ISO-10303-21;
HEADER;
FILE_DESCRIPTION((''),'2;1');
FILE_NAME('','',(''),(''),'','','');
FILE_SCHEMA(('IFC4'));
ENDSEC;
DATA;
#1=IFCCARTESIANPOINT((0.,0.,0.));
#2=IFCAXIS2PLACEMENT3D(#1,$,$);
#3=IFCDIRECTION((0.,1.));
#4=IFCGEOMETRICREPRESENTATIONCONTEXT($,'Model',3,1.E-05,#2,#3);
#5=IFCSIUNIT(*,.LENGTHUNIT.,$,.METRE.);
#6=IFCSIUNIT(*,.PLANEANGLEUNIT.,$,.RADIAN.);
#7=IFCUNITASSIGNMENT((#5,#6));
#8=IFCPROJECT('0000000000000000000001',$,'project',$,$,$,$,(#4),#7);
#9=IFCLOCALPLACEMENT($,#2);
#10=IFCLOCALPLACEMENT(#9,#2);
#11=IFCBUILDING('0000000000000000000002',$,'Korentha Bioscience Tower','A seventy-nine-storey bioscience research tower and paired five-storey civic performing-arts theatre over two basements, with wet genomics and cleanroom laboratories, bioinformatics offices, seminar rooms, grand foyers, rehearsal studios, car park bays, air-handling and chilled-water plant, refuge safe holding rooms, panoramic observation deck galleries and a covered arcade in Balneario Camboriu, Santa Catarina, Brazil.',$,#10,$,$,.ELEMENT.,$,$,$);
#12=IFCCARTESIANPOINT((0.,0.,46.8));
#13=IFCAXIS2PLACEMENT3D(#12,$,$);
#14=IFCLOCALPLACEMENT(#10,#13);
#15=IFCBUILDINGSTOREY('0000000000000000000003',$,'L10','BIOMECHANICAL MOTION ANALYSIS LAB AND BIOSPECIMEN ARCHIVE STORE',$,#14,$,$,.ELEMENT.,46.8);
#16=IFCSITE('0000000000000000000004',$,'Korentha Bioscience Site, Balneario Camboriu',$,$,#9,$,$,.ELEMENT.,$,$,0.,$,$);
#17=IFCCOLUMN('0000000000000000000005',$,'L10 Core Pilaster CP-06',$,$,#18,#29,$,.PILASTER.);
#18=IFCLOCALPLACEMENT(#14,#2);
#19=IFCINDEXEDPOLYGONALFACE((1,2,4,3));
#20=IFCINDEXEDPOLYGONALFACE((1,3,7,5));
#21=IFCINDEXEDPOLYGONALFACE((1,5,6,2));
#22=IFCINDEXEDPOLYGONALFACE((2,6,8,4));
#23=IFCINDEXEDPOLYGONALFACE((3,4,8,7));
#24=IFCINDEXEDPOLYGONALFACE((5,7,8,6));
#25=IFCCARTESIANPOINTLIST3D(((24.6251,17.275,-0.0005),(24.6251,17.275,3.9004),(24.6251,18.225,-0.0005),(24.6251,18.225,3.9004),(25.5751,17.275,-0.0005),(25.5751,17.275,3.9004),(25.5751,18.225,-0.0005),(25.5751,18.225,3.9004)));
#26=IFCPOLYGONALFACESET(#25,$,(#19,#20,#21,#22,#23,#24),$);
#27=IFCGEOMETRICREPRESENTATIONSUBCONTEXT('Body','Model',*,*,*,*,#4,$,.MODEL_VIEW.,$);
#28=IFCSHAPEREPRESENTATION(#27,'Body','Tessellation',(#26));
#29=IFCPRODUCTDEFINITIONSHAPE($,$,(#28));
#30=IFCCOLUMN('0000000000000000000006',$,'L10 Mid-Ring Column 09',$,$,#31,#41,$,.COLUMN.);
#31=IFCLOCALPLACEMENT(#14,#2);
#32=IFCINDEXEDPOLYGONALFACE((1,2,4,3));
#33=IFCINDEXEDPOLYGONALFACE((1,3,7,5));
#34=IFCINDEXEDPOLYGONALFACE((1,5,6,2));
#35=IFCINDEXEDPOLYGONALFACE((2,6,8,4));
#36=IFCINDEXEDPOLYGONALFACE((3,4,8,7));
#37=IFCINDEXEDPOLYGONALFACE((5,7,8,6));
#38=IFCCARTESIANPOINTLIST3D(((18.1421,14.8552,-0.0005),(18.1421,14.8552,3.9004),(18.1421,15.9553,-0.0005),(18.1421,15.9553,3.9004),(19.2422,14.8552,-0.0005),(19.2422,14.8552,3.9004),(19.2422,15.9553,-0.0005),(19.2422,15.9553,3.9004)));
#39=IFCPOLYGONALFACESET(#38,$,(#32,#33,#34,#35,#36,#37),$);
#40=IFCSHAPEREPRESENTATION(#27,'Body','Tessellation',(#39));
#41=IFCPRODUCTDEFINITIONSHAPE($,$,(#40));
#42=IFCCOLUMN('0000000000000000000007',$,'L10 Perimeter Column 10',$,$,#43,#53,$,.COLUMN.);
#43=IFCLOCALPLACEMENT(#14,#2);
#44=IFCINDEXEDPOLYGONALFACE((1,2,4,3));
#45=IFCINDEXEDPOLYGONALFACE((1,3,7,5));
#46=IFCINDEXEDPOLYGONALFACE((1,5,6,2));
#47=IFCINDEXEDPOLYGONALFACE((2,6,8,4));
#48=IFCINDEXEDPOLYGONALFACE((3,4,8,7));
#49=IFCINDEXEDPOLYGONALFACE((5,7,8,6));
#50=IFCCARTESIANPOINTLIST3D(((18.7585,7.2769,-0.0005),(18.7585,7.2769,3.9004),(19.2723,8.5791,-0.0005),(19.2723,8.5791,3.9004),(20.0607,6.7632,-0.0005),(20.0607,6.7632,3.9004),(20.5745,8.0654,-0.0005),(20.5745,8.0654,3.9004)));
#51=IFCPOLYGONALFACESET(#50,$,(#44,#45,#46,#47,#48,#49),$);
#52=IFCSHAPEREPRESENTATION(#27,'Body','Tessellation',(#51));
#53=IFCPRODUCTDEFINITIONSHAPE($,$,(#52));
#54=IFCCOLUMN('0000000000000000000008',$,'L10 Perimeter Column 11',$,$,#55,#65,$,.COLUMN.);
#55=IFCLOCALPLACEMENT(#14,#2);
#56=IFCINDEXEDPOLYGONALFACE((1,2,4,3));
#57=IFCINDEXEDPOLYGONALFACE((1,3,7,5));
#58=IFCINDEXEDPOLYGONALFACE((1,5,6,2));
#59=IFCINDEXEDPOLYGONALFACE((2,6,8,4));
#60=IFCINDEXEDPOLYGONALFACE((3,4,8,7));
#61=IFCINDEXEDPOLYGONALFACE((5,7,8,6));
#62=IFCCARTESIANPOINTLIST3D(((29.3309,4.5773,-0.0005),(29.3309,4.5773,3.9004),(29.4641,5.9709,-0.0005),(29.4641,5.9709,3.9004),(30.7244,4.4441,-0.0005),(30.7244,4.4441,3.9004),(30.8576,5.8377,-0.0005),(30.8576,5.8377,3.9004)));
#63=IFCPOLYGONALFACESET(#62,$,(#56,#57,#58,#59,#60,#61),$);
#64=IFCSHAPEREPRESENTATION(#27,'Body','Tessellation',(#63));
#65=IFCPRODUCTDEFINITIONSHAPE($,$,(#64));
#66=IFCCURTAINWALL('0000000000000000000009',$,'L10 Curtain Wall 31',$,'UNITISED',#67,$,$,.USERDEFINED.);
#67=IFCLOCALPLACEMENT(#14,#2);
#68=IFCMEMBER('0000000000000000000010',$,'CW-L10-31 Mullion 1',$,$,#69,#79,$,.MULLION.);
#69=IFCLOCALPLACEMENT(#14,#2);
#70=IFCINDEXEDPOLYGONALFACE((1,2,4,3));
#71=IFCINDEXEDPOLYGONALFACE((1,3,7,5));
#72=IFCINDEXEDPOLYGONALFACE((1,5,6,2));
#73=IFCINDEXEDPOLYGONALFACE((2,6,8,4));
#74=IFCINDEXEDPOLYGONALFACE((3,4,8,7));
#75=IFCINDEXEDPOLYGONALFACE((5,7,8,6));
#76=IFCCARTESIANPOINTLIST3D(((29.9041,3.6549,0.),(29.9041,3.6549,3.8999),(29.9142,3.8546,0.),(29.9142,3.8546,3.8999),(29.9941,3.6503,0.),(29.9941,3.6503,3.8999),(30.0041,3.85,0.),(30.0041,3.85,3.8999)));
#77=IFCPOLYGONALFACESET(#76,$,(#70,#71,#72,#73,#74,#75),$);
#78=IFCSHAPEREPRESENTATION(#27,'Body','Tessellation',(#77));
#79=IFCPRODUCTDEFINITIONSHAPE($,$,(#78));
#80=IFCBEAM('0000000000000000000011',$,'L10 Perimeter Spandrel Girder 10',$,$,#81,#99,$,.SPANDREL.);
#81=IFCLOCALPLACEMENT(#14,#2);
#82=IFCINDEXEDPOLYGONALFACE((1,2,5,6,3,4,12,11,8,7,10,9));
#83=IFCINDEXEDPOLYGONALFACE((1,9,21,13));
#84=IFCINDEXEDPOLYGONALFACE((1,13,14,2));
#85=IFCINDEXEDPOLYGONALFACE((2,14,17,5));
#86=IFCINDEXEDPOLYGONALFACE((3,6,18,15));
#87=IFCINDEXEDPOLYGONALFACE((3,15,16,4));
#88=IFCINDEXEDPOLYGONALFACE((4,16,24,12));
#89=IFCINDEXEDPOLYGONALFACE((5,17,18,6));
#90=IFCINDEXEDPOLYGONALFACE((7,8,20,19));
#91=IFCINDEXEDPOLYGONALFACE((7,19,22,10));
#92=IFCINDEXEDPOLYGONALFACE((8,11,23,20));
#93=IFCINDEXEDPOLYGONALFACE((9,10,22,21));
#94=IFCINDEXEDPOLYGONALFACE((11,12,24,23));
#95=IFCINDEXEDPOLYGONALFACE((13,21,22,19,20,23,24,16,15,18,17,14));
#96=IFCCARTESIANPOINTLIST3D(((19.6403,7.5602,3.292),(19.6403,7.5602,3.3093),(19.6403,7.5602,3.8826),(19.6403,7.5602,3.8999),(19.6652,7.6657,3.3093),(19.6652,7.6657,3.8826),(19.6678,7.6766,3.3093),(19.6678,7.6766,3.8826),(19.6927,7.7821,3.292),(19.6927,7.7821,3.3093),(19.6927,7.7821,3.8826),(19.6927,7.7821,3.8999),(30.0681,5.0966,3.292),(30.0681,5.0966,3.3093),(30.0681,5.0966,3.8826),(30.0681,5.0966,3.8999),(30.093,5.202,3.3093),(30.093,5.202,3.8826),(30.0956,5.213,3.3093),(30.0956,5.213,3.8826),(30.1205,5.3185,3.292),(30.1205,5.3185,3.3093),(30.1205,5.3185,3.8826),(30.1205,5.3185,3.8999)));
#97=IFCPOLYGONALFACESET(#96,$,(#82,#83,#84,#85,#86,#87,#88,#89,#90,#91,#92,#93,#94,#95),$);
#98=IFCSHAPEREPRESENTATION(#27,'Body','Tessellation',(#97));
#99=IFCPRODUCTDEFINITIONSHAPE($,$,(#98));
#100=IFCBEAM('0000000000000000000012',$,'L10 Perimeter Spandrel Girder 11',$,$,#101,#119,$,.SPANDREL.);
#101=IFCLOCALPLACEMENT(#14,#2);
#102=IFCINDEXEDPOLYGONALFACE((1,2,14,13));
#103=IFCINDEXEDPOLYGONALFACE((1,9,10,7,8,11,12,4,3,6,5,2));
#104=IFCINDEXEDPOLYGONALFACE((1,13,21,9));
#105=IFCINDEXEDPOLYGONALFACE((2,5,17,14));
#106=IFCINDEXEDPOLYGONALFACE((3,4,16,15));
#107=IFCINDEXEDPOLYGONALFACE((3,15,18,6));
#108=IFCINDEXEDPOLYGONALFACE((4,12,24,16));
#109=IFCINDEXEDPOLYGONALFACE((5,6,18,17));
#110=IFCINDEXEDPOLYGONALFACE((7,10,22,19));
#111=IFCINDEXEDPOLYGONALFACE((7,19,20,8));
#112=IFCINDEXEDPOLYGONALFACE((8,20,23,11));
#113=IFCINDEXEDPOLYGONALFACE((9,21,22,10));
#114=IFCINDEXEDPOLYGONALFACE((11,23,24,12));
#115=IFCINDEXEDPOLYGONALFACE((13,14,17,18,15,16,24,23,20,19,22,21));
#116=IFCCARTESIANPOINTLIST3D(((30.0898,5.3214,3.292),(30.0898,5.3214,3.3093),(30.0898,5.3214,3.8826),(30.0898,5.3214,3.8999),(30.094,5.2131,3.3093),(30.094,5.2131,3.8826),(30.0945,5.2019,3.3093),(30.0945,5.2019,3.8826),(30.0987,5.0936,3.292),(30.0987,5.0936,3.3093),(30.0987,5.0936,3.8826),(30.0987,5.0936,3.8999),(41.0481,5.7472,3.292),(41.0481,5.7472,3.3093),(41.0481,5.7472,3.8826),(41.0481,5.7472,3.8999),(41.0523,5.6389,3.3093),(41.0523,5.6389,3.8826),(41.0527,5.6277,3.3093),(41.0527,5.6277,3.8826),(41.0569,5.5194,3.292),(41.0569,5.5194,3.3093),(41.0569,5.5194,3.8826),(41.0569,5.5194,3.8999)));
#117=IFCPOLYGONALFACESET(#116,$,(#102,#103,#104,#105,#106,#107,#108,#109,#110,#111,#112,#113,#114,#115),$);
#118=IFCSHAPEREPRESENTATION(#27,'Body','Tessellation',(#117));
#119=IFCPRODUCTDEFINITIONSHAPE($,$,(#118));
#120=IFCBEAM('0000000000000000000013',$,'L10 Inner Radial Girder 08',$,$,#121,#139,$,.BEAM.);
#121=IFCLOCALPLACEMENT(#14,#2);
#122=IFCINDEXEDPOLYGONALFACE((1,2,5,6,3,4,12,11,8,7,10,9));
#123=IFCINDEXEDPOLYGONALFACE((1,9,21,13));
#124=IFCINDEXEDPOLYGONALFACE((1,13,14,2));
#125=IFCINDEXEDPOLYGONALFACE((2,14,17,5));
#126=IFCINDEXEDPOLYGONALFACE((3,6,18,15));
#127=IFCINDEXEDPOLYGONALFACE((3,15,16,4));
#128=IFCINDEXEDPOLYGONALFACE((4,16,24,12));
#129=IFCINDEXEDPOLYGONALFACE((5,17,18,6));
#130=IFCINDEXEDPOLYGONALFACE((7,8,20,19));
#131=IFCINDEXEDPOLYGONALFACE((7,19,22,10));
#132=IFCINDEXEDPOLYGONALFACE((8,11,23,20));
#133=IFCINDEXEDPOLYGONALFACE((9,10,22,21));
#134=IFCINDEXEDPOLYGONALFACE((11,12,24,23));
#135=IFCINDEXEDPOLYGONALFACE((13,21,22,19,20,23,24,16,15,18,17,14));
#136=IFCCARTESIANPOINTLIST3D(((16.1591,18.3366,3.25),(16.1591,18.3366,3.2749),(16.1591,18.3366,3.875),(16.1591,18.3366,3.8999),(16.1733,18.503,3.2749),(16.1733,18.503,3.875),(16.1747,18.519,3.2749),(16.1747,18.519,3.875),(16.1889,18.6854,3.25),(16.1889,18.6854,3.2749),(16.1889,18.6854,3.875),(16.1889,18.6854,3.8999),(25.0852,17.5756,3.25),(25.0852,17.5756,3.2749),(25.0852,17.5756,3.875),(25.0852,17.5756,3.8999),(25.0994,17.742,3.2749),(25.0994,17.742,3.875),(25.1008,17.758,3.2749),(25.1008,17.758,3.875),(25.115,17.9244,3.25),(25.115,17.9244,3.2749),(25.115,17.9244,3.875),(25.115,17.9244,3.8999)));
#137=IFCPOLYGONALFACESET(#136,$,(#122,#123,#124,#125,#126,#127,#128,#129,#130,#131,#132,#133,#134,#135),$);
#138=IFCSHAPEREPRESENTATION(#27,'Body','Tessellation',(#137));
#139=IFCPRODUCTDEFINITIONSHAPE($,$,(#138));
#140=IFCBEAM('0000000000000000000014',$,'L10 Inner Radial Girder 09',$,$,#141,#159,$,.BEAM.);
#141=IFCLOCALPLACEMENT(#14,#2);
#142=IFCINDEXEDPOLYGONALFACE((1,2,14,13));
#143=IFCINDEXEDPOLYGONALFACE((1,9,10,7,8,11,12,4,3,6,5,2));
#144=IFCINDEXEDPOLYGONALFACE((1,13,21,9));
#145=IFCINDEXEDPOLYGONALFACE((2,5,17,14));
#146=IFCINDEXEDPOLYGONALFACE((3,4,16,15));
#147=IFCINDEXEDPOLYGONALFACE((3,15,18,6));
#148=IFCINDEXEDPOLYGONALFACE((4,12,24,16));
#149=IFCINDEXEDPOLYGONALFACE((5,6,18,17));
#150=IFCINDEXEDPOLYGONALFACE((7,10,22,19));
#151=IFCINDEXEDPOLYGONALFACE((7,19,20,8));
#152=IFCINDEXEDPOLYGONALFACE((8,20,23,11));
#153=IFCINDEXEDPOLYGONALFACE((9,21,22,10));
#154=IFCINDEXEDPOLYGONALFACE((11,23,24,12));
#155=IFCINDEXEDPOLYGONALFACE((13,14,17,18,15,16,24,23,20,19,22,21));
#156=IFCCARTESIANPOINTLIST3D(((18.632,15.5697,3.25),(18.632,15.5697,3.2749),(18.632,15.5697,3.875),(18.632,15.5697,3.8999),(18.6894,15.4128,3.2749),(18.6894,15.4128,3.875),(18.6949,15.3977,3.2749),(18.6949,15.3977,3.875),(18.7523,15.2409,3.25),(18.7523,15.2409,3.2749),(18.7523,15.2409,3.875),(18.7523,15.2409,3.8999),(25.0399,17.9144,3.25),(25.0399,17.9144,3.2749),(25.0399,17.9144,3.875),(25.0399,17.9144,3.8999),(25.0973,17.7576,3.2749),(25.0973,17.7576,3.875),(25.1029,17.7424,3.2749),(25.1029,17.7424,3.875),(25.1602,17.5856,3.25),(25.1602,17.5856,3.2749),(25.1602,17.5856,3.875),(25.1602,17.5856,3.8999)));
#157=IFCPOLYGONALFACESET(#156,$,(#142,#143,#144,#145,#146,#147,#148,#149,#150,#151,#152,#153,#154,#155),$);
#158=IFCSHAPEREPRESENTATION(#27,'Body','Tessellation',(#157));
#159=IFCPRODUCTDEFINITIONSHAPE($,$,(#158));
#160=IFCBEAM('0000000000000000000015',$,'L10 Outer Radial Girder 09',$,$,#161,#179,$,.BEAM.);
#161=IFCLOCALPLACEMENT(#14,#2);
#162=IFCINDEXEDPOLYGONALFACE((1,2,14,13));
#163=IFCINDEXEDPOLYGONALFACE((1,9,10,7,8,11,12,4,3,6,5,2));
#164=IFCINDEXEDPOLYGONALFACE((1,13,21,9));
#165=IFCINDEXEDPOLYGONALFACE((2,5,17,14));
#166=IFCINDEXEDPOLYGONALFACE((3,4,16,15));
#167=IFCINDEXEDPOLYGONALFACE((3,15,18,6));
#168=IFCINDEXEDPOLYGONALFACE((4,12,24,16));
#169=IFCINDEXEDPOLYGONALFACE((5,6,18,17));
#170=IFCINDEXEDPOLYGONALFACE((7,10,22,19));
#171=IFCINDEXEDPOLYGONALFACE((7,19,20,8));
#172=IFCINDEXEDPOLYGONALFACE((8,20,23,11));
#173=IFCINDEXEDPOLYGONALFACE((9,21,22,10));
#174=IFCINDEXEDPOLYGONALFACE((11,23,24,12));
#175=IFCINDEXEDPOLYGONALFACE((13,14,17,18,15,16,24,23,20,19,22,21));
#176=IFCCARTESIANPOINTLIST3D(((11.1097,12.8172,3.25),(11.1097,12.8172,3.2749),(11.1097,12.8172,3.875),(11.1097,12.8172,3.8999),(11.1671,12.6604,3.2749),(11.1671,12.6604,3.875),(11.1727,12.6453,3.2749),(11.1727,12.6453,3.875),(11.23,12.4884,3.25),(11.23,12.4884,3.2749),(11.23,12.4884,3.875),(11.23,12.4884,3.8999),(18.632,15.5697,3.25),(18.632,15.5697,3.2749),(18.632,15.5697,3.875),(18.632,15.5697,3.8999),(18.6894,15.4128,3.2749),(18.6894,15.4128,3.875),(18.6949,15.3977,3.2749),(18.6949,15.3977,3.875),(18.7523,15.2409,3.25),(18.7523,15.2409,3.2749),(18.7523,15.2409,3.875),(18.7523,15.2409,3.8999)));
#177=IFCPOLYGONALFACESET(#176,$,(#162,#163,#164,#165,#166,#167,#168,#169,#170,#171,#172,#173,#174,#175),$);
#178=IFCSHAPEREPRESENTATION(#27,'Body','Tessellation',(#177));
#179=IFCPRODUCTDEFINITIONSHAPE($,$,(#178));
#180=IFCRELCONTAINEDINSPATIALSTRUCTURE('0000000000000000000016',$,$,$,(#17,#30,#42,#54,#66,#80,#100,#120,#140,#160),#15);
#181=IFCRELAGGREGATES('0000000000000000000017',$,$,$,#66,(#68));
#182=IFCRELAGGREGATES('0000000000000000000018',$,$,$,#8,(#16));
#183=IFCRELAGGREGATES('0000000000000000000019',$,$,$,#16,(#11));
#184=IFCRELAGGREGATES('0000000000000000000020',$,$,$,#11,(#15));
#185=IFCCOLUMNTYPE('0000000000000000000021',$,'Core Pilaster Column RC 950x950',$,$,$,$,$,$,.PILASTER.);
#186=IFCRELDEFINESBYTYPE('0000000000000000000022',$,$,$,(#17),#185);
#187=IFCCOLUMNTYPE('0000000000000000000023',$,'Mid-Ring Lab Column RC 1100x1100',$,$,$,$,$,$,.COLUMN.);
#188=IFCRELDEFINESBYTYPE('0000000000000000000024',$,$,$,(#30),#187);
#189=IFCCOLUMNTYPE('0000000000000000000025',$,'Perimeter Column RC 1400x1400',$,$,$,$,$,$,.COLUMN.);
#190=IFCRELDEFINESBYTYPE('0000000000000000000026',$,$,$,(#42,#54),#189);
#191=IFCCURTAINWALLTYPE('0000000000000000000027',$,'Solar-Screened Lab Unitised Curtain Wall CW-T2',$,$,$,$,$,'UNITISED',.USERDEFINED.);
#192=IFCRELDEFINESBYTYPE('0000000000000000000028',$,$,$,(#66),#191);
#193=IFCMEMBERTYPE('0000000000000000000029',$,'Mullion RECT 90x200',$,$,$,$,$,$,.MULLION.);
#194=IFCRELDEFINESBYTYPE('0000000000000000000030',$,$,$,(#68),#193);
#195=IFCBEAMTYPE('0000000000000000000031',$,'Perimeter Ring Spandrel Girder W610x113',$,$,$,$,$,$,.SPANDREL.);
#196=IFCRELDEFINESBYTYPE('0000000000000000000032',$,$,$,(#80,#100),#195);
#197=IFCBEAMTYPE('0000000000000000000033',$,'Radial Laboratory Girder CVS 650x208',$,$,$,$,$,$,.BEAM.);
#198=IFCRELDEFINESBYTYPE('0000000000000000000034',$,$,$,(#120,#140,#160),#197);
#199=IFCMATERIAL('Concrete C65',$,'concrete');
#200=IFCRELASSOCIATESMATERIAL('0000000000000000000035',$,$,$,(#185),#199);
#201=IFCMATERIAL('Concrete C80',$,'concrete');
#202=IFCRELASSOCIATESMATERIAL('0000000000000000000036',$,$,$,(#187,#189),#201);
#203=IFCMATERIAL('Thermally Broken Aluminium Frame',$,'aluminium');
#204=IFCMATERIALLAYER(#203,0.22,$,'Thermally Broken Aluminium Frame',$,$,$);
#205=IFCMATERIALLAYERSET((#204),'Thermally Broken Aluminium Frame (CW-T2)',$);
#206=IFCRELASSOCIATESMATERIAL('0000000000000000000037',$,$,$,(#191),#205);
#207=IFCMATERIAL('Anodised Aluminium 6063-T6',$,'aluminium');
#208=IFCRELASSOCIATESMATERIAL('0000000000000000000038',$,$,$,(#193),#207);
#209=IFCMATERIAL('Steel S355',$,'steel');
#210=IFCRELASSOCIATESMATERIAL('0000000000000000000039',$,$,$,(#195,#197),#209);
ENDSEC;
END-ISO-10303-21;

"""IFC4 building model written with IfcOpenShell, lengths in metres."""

from ifc_helpers import new_model, si_unit, direction, frame, origin, origin_2d, place, context, subcontext, project, spatial, rectangle, i_section, extrude, material, layer, layer_set, material_profile, profile_set, type_object, element, aggregate, save


model = new_model("IFC4")

# Units and contexts
model_context = context("Model", 3, precision=1e-05, world=origin(), true_north=direction((0.0, 1.0)))
body_context = subcontext(model_context, "Body", "Model", "MODEL_VIEW")
ifc_project = project(units=[si_unit("LENGTHUNIT", "METRE"), si_unit("PLANEANGLEUNIT", "RADIAN")], contexts=[model_context])

# Site, building, storey
site_placement = place(None, origin())
site = spatial("IfcSite", under=ifc_project, at=site_placement, Name="Korentha Bioscience Site, Balneario Camboriu", CompositionType="ELEMENT", RefElevation=0.0)
building_placement = place(site_placement, origin())
building = spatial("IfcBuilding", under=site, at=building_placement, Name="Korentha Bioscience Tower", Description="A seventy-nine-storey bioscience research tower and paired five-storey civic performing-arts theatre over two basements, with wet genomics and cleanroom laboratories, bioinformatics offices, seminar rooms, grand foyers, rehearsal studios, car park bays, air-handling and chilled-water plant, refuge safe holding rooms, panoramic observation deck galleries and a covered arcade in Balneario Camboriu, Santa Catarina, Brazil.", CompositionType="ELEMENT")
storey_placement = place(building_placement, frame((0.0, 0.0, 46.8)))
storey = spatial("IfcBuildingStorey", under=building, at=storey_placement, Name="L10", Description="BIOMECHANICAL MOTION ANALYSIS LAB AND BIOSPECIMEN ARCHIVE STORE", CompositionType="ELEMENT", Elevation=46.8)

# Columns
ifc_material_1 = material(Name="Concrete C65", Category="concrete")
ifc_material_profile_1 = material_profile(ifc_material_1, rectangle(XDim=0.95, YDim=0.95, at=origin_2d()), Name="Concrete C65")
ifc_profile_set_1 = profile_set([ifc_material_profile_1], Name="Concrete C65 (COL-CP09)")
column_type_1 = type_object("IfcColumnType", Name="Core Pilaster Column RC 950x950", PredefinedType="PILASTER", material=ifc_profile_set_1)
column_1_placement = place(storey_placement, frame((25.1001, 17.75, -0.0005), z_axis=(0.0, 0.0, 1.0), x_axis=(1.0, 0.0, 0.0)))
element("IfcColumn", 1, at=column_1_placement, inside=storey, type_object=column_type_1, Name="L10 Core Pilaster CP-06", PredefinedType="PILASTER", context=body_context, shape_type="SweptSolid", body=[
    extrude(rectangle(XDim=0.95, YDim=0.95, at=origin_2d()), origin(), (0.0, 0.0, 1.0), 3.9009),
])
ifc_material_2 = material(Name="Concrete C80", Category="concrete")
ifc_material_profile_2 = material_profile(ifc_material_2, rectangle(XDim=1.1001, YDim=1.1001, at=origin_2d()), Name="Concrete C80")
ifc_profile_set_2 = profile_set([ifc_material_profile_2], Name="Concrete C80 (COL-MR11)")
column_type_2 = type_object("IfcColumnType", Name="Mid-Ring Lab Column RC 1100x1100", PredefinedType="COLUMN", material=ifc_profile_set_2)
column_2_placement = place(storey_placement, frame((18.6921, 15.4053, -0.0005), z_axis=(0.0, 0.0, 1.0), x_axis=(1.0, 0.0, 0.0)))
element("IfcColumn", 2, at=column_2_placement, inside=storey, type_object=column_type_2, Name="L10 Mid-Ring Column 09", PredefinedType="COLUMN", context=body_context, shape_type="SweptSolid", body=[
    extrude(rectangle(XDim=1.1001, YDim=1.1001, at=origin_2d()), origin(), (0.0, 0.0, 1.0), 3.9009),
])
ifc_material_profile_3 = material_profile(ifc_material_2, rectangle(XDim=1.3999, YDim=1.3999, at=origin_2d()), Name="Concrete C80")
ifc_profile_set_3 = profile_set([ifc_material_profile_3], Name="Concrete C80 (COL-P14)")
column_type_3 = type_object("IfcColumnType", Name="Perimeter Column RC 1400x1400", PredefinedType="COLUMN", material=ifc_profile_set_3)
for number, where, z_axis, x_axis, name in (
    (3, (19.6665, 7.6711, -0.0005), (0.0, 0.0, 1.0), (-0.930226, 0.366988, 0.0), "L10 Perimeter Column 10"),
    (4, (30.0942, 5.2075, -0.0005), (0.0, 0.0, 1.0), (-0.995463, 0.095151, 0.0), "L10 Perimeter Column 11"),
):
    element("IfcColumn", number, at=place(storey_placement, frame(where, z_axis=z_axis, x_axis=x_axis)), inside=storey, type_object=column_type_3, Name=name, PredefinedType="COLUMN", context=body_context, shape_type="SweptSolid", body=[
        extrude(rectangle(XDim=1.3999, YDim=1.3999, at=origin_2d()), origin(), (0.0, 0.0, 1.0), 3.9009),
    ])

# Curtain wall, member
ifc_material_3 = material(Name="Thermally Broken Aluminium Frame", Category="aluminium")
ifc_layer_1 = layer(ifc_material_3, 0.22, Name="Thermally Broken Aluminium Frame")
ifc_layer_set_1 = layer_set([ifc_layer_1], Name="Thermally Broken Aluminium Frame (CW-T2)")
curtain_wall_type = type_object("IfcCurtainWallType", Name="Solar-Screened Lab Unitised Curtain Wall CW-T2", ElementType="UNITISED", PredefinedType="USERDEFINED", material=ifc_layer_set_1)
curtain_wall_placement = place(storey_placement, origin())
curtain_wall = element("IfcCurtainWall", 5, at=curtain_wall_placement, inside=storey, type_object=curtain_wall_type, Name="L10 Curtain Wall 31", ObjectType="UNITISED", PredefinedType="USERDEFINED")
ifc_material_4 = material(Name="Anodised Aluminium 6063-T6", Category="aluminium")
ifc_material_profile_4 = material_profile(ifc_material_4, rectangle(XDim=0.0901, YDim=0.2, at=origin_2d()), Name="Anodised Aluminium 6063-T6")
ifc_profile_set_4 = profile_set([ifc_material_profile_4], Name="Anodised Aluminium 6063-T6 (CW-MUL)")
member_type_1 = type_object("IfcMemberType", Name="Mullion RECT 90x200", PredefinedType="MULLION", material=ifc_profile_set_4)
member_1_placement = place(storey_placement, frame((29.9541, 3.7524, 0.0), z_axis=(0.0, 0.0, 1.0), x_axis=(0.998731, -0.050371, 0.0)))
member_1 = element("IfcMember", 6, at=member_1_placement, type_object=member_type_1, Name="CW-L10-31 Mullion 1", PredefinedType="MULLION", context=body_context, shape_type="SweptSolid", body=[
    extrude(rectangle(XDim=0.0901, YDim=0.2, at=origin_2d()), origin(), (0.0, 0.0, 1.0), 3.8999),
])

# Beams
ifc_material_5 = material(Name="Steel S355", Category="steel")
ifc_material_profile_5 = material_profile(ifc_material_5, i_section(OverallWidth=0.228, OverallDepth=0.6079, WebThickness=0.0112, FlangeThickness=0.0173, at=origin_2d()), Name="Steel S355")
ifc_profile_set_5 = profile_set([ifc_material_profile_5], Name="Steel S355 (SB-610)")
beam_type_1 = type_object("IfcBeamType", Name="Perimeter Ring Spandrel Girder W610x113", PredefinedType="SPANDREL", material=ifc_profile_set_5)
beam_1_placement = place(storey_placement, frame((19.6665, 7.6711, 3.5959), z_axis=(0.973208, -0.229927, 0.0), x_axis=(0.229927, 0.973208, 0.0)))
element("IfcBeam", 7, at=beam_1_placement, inside=storey, type_object=beam_type_1, Name="L10 Perimeter Spandrel Girder 10", PredefinedType="SPANDREL", context=body_context, shape_type="SweptSolid", body=[
    extrude(i_section(OverallWidth=0.228, OverallDepth=0.6079, WebThickness=0.0112, FlangeThickness=0.0173, at=origin_2d()), origin(), (0.0, 0.0, 1.0), 10.7148),
])
beam_2_placement = place(storey_placement, frame((30.0942, 5.2075, 3.5959), z_axis=(0.999246, 0.038826, 0.0), x_axis=(-0.038826, 0.999246, 0.0)))
element("IfcBeam", 8, at=beam_2_placement, inside=storey, type_object=beam_type_1, Name="L10 Perimeter Spandrel Girder 11", PredefinedType="SPANDREL", context=body_context, shape_type="SweptSolid", body=[
    extrude(i_section(OverallWidth=0.228, OverallDepth=0.6079, WebThickness=0.0112, FlangeThickness=0.0173, at=origin_2d()), origin(), (0.0, 0.0, 1.0), 10.9666),
])
ifc_material_profile_6 = material_profile(ifc_material_5, i_section(OverallWidth=0.3501, OverallDepth=0.6499, WebThickness=0.0161, FlangeThickness=0.0249, at=origin_2d()), Name="Steel S355")
ifc_profile_set_6 = profile_set([ifc_material_profile_6], Name="Steel S355 (RB-650)")
beam_type_2 = type_object("IfcBeamType", Name="Radial Laboratory Girder CVS 650x208", PredefinedType="BEAM", material=ifc_profile_set_6)
beam_3_placement = place(storey_placement, frame((25.1001, 17.75, 3.575), z_axis=(-0.996386, 0.084947, 0.0), x_axis=(-0.084947, -0.996386, 0.0)))
element("IfcBeam", 9, at=beam_3_placement, inside=storey, type_object=beam_type_2, Name="L10 Inner Radial Girder 08", PredefinedType="BEAM", context=body_context, shape_type="SweptSolid", body=[
    extrude(i_section(OverallWidth=0.3501, OverallDepth=0.6499, WebThickness=0.0161, FlangeThickness=0.0249, at=origin_2d()), origin(), (0.0, 0.0, 1.0), 8.9585),
])
beam_4_placement = place(storey_placement, frame((25.1001, 17.75, 3.575), z_axis=(-0.939106, -0.343627, 0.0), x_axis=(0.343627, -0.939106, 0.0)))
element("IfcBeam", 10, at=beam_4_placement, inside=storey, type_object=beam_type_2, Name="L10 Inner Radial Girder 09", PredefinedType="BEAM", context=body_context, shape_type="SweptSolid", body=[
    extrude(i_section(OverallWidth=0.3501, OverallDepth=0.6499, WebThickness=0.0161, FlangeThickness=0.0249, at=origin_2d()), origin(), (0.0, 0.0, 1.0), 6.8235),
])
beam_5_placement = place(storey_placement, frame((18.6921, 15.4053, 3.575), z_axis=(-0.939106, -0.343627, 0.0), x_axis=(0.343627, -0.939106, 0.0)))
element("IfcBeam", 11, at=beam_5_placement, inside=storey, type_object=beam_type_2, Name="L10 Outer Radial Girder 09", PredefinedType="BEAM", context=body_context, shape_type="SweptSolid", body=[
    extrude(i_section(OverallWidth=0.3501, OverallDepth=0.6499, WebThickness=0.0161, FlangeThickness=0.0249, at=origin_2d()), origin(), (0.0, 0.0, 1.0), 8.01),
])

aggregate(curtain_wall, [member_1])

save(model, "model.ifc")
